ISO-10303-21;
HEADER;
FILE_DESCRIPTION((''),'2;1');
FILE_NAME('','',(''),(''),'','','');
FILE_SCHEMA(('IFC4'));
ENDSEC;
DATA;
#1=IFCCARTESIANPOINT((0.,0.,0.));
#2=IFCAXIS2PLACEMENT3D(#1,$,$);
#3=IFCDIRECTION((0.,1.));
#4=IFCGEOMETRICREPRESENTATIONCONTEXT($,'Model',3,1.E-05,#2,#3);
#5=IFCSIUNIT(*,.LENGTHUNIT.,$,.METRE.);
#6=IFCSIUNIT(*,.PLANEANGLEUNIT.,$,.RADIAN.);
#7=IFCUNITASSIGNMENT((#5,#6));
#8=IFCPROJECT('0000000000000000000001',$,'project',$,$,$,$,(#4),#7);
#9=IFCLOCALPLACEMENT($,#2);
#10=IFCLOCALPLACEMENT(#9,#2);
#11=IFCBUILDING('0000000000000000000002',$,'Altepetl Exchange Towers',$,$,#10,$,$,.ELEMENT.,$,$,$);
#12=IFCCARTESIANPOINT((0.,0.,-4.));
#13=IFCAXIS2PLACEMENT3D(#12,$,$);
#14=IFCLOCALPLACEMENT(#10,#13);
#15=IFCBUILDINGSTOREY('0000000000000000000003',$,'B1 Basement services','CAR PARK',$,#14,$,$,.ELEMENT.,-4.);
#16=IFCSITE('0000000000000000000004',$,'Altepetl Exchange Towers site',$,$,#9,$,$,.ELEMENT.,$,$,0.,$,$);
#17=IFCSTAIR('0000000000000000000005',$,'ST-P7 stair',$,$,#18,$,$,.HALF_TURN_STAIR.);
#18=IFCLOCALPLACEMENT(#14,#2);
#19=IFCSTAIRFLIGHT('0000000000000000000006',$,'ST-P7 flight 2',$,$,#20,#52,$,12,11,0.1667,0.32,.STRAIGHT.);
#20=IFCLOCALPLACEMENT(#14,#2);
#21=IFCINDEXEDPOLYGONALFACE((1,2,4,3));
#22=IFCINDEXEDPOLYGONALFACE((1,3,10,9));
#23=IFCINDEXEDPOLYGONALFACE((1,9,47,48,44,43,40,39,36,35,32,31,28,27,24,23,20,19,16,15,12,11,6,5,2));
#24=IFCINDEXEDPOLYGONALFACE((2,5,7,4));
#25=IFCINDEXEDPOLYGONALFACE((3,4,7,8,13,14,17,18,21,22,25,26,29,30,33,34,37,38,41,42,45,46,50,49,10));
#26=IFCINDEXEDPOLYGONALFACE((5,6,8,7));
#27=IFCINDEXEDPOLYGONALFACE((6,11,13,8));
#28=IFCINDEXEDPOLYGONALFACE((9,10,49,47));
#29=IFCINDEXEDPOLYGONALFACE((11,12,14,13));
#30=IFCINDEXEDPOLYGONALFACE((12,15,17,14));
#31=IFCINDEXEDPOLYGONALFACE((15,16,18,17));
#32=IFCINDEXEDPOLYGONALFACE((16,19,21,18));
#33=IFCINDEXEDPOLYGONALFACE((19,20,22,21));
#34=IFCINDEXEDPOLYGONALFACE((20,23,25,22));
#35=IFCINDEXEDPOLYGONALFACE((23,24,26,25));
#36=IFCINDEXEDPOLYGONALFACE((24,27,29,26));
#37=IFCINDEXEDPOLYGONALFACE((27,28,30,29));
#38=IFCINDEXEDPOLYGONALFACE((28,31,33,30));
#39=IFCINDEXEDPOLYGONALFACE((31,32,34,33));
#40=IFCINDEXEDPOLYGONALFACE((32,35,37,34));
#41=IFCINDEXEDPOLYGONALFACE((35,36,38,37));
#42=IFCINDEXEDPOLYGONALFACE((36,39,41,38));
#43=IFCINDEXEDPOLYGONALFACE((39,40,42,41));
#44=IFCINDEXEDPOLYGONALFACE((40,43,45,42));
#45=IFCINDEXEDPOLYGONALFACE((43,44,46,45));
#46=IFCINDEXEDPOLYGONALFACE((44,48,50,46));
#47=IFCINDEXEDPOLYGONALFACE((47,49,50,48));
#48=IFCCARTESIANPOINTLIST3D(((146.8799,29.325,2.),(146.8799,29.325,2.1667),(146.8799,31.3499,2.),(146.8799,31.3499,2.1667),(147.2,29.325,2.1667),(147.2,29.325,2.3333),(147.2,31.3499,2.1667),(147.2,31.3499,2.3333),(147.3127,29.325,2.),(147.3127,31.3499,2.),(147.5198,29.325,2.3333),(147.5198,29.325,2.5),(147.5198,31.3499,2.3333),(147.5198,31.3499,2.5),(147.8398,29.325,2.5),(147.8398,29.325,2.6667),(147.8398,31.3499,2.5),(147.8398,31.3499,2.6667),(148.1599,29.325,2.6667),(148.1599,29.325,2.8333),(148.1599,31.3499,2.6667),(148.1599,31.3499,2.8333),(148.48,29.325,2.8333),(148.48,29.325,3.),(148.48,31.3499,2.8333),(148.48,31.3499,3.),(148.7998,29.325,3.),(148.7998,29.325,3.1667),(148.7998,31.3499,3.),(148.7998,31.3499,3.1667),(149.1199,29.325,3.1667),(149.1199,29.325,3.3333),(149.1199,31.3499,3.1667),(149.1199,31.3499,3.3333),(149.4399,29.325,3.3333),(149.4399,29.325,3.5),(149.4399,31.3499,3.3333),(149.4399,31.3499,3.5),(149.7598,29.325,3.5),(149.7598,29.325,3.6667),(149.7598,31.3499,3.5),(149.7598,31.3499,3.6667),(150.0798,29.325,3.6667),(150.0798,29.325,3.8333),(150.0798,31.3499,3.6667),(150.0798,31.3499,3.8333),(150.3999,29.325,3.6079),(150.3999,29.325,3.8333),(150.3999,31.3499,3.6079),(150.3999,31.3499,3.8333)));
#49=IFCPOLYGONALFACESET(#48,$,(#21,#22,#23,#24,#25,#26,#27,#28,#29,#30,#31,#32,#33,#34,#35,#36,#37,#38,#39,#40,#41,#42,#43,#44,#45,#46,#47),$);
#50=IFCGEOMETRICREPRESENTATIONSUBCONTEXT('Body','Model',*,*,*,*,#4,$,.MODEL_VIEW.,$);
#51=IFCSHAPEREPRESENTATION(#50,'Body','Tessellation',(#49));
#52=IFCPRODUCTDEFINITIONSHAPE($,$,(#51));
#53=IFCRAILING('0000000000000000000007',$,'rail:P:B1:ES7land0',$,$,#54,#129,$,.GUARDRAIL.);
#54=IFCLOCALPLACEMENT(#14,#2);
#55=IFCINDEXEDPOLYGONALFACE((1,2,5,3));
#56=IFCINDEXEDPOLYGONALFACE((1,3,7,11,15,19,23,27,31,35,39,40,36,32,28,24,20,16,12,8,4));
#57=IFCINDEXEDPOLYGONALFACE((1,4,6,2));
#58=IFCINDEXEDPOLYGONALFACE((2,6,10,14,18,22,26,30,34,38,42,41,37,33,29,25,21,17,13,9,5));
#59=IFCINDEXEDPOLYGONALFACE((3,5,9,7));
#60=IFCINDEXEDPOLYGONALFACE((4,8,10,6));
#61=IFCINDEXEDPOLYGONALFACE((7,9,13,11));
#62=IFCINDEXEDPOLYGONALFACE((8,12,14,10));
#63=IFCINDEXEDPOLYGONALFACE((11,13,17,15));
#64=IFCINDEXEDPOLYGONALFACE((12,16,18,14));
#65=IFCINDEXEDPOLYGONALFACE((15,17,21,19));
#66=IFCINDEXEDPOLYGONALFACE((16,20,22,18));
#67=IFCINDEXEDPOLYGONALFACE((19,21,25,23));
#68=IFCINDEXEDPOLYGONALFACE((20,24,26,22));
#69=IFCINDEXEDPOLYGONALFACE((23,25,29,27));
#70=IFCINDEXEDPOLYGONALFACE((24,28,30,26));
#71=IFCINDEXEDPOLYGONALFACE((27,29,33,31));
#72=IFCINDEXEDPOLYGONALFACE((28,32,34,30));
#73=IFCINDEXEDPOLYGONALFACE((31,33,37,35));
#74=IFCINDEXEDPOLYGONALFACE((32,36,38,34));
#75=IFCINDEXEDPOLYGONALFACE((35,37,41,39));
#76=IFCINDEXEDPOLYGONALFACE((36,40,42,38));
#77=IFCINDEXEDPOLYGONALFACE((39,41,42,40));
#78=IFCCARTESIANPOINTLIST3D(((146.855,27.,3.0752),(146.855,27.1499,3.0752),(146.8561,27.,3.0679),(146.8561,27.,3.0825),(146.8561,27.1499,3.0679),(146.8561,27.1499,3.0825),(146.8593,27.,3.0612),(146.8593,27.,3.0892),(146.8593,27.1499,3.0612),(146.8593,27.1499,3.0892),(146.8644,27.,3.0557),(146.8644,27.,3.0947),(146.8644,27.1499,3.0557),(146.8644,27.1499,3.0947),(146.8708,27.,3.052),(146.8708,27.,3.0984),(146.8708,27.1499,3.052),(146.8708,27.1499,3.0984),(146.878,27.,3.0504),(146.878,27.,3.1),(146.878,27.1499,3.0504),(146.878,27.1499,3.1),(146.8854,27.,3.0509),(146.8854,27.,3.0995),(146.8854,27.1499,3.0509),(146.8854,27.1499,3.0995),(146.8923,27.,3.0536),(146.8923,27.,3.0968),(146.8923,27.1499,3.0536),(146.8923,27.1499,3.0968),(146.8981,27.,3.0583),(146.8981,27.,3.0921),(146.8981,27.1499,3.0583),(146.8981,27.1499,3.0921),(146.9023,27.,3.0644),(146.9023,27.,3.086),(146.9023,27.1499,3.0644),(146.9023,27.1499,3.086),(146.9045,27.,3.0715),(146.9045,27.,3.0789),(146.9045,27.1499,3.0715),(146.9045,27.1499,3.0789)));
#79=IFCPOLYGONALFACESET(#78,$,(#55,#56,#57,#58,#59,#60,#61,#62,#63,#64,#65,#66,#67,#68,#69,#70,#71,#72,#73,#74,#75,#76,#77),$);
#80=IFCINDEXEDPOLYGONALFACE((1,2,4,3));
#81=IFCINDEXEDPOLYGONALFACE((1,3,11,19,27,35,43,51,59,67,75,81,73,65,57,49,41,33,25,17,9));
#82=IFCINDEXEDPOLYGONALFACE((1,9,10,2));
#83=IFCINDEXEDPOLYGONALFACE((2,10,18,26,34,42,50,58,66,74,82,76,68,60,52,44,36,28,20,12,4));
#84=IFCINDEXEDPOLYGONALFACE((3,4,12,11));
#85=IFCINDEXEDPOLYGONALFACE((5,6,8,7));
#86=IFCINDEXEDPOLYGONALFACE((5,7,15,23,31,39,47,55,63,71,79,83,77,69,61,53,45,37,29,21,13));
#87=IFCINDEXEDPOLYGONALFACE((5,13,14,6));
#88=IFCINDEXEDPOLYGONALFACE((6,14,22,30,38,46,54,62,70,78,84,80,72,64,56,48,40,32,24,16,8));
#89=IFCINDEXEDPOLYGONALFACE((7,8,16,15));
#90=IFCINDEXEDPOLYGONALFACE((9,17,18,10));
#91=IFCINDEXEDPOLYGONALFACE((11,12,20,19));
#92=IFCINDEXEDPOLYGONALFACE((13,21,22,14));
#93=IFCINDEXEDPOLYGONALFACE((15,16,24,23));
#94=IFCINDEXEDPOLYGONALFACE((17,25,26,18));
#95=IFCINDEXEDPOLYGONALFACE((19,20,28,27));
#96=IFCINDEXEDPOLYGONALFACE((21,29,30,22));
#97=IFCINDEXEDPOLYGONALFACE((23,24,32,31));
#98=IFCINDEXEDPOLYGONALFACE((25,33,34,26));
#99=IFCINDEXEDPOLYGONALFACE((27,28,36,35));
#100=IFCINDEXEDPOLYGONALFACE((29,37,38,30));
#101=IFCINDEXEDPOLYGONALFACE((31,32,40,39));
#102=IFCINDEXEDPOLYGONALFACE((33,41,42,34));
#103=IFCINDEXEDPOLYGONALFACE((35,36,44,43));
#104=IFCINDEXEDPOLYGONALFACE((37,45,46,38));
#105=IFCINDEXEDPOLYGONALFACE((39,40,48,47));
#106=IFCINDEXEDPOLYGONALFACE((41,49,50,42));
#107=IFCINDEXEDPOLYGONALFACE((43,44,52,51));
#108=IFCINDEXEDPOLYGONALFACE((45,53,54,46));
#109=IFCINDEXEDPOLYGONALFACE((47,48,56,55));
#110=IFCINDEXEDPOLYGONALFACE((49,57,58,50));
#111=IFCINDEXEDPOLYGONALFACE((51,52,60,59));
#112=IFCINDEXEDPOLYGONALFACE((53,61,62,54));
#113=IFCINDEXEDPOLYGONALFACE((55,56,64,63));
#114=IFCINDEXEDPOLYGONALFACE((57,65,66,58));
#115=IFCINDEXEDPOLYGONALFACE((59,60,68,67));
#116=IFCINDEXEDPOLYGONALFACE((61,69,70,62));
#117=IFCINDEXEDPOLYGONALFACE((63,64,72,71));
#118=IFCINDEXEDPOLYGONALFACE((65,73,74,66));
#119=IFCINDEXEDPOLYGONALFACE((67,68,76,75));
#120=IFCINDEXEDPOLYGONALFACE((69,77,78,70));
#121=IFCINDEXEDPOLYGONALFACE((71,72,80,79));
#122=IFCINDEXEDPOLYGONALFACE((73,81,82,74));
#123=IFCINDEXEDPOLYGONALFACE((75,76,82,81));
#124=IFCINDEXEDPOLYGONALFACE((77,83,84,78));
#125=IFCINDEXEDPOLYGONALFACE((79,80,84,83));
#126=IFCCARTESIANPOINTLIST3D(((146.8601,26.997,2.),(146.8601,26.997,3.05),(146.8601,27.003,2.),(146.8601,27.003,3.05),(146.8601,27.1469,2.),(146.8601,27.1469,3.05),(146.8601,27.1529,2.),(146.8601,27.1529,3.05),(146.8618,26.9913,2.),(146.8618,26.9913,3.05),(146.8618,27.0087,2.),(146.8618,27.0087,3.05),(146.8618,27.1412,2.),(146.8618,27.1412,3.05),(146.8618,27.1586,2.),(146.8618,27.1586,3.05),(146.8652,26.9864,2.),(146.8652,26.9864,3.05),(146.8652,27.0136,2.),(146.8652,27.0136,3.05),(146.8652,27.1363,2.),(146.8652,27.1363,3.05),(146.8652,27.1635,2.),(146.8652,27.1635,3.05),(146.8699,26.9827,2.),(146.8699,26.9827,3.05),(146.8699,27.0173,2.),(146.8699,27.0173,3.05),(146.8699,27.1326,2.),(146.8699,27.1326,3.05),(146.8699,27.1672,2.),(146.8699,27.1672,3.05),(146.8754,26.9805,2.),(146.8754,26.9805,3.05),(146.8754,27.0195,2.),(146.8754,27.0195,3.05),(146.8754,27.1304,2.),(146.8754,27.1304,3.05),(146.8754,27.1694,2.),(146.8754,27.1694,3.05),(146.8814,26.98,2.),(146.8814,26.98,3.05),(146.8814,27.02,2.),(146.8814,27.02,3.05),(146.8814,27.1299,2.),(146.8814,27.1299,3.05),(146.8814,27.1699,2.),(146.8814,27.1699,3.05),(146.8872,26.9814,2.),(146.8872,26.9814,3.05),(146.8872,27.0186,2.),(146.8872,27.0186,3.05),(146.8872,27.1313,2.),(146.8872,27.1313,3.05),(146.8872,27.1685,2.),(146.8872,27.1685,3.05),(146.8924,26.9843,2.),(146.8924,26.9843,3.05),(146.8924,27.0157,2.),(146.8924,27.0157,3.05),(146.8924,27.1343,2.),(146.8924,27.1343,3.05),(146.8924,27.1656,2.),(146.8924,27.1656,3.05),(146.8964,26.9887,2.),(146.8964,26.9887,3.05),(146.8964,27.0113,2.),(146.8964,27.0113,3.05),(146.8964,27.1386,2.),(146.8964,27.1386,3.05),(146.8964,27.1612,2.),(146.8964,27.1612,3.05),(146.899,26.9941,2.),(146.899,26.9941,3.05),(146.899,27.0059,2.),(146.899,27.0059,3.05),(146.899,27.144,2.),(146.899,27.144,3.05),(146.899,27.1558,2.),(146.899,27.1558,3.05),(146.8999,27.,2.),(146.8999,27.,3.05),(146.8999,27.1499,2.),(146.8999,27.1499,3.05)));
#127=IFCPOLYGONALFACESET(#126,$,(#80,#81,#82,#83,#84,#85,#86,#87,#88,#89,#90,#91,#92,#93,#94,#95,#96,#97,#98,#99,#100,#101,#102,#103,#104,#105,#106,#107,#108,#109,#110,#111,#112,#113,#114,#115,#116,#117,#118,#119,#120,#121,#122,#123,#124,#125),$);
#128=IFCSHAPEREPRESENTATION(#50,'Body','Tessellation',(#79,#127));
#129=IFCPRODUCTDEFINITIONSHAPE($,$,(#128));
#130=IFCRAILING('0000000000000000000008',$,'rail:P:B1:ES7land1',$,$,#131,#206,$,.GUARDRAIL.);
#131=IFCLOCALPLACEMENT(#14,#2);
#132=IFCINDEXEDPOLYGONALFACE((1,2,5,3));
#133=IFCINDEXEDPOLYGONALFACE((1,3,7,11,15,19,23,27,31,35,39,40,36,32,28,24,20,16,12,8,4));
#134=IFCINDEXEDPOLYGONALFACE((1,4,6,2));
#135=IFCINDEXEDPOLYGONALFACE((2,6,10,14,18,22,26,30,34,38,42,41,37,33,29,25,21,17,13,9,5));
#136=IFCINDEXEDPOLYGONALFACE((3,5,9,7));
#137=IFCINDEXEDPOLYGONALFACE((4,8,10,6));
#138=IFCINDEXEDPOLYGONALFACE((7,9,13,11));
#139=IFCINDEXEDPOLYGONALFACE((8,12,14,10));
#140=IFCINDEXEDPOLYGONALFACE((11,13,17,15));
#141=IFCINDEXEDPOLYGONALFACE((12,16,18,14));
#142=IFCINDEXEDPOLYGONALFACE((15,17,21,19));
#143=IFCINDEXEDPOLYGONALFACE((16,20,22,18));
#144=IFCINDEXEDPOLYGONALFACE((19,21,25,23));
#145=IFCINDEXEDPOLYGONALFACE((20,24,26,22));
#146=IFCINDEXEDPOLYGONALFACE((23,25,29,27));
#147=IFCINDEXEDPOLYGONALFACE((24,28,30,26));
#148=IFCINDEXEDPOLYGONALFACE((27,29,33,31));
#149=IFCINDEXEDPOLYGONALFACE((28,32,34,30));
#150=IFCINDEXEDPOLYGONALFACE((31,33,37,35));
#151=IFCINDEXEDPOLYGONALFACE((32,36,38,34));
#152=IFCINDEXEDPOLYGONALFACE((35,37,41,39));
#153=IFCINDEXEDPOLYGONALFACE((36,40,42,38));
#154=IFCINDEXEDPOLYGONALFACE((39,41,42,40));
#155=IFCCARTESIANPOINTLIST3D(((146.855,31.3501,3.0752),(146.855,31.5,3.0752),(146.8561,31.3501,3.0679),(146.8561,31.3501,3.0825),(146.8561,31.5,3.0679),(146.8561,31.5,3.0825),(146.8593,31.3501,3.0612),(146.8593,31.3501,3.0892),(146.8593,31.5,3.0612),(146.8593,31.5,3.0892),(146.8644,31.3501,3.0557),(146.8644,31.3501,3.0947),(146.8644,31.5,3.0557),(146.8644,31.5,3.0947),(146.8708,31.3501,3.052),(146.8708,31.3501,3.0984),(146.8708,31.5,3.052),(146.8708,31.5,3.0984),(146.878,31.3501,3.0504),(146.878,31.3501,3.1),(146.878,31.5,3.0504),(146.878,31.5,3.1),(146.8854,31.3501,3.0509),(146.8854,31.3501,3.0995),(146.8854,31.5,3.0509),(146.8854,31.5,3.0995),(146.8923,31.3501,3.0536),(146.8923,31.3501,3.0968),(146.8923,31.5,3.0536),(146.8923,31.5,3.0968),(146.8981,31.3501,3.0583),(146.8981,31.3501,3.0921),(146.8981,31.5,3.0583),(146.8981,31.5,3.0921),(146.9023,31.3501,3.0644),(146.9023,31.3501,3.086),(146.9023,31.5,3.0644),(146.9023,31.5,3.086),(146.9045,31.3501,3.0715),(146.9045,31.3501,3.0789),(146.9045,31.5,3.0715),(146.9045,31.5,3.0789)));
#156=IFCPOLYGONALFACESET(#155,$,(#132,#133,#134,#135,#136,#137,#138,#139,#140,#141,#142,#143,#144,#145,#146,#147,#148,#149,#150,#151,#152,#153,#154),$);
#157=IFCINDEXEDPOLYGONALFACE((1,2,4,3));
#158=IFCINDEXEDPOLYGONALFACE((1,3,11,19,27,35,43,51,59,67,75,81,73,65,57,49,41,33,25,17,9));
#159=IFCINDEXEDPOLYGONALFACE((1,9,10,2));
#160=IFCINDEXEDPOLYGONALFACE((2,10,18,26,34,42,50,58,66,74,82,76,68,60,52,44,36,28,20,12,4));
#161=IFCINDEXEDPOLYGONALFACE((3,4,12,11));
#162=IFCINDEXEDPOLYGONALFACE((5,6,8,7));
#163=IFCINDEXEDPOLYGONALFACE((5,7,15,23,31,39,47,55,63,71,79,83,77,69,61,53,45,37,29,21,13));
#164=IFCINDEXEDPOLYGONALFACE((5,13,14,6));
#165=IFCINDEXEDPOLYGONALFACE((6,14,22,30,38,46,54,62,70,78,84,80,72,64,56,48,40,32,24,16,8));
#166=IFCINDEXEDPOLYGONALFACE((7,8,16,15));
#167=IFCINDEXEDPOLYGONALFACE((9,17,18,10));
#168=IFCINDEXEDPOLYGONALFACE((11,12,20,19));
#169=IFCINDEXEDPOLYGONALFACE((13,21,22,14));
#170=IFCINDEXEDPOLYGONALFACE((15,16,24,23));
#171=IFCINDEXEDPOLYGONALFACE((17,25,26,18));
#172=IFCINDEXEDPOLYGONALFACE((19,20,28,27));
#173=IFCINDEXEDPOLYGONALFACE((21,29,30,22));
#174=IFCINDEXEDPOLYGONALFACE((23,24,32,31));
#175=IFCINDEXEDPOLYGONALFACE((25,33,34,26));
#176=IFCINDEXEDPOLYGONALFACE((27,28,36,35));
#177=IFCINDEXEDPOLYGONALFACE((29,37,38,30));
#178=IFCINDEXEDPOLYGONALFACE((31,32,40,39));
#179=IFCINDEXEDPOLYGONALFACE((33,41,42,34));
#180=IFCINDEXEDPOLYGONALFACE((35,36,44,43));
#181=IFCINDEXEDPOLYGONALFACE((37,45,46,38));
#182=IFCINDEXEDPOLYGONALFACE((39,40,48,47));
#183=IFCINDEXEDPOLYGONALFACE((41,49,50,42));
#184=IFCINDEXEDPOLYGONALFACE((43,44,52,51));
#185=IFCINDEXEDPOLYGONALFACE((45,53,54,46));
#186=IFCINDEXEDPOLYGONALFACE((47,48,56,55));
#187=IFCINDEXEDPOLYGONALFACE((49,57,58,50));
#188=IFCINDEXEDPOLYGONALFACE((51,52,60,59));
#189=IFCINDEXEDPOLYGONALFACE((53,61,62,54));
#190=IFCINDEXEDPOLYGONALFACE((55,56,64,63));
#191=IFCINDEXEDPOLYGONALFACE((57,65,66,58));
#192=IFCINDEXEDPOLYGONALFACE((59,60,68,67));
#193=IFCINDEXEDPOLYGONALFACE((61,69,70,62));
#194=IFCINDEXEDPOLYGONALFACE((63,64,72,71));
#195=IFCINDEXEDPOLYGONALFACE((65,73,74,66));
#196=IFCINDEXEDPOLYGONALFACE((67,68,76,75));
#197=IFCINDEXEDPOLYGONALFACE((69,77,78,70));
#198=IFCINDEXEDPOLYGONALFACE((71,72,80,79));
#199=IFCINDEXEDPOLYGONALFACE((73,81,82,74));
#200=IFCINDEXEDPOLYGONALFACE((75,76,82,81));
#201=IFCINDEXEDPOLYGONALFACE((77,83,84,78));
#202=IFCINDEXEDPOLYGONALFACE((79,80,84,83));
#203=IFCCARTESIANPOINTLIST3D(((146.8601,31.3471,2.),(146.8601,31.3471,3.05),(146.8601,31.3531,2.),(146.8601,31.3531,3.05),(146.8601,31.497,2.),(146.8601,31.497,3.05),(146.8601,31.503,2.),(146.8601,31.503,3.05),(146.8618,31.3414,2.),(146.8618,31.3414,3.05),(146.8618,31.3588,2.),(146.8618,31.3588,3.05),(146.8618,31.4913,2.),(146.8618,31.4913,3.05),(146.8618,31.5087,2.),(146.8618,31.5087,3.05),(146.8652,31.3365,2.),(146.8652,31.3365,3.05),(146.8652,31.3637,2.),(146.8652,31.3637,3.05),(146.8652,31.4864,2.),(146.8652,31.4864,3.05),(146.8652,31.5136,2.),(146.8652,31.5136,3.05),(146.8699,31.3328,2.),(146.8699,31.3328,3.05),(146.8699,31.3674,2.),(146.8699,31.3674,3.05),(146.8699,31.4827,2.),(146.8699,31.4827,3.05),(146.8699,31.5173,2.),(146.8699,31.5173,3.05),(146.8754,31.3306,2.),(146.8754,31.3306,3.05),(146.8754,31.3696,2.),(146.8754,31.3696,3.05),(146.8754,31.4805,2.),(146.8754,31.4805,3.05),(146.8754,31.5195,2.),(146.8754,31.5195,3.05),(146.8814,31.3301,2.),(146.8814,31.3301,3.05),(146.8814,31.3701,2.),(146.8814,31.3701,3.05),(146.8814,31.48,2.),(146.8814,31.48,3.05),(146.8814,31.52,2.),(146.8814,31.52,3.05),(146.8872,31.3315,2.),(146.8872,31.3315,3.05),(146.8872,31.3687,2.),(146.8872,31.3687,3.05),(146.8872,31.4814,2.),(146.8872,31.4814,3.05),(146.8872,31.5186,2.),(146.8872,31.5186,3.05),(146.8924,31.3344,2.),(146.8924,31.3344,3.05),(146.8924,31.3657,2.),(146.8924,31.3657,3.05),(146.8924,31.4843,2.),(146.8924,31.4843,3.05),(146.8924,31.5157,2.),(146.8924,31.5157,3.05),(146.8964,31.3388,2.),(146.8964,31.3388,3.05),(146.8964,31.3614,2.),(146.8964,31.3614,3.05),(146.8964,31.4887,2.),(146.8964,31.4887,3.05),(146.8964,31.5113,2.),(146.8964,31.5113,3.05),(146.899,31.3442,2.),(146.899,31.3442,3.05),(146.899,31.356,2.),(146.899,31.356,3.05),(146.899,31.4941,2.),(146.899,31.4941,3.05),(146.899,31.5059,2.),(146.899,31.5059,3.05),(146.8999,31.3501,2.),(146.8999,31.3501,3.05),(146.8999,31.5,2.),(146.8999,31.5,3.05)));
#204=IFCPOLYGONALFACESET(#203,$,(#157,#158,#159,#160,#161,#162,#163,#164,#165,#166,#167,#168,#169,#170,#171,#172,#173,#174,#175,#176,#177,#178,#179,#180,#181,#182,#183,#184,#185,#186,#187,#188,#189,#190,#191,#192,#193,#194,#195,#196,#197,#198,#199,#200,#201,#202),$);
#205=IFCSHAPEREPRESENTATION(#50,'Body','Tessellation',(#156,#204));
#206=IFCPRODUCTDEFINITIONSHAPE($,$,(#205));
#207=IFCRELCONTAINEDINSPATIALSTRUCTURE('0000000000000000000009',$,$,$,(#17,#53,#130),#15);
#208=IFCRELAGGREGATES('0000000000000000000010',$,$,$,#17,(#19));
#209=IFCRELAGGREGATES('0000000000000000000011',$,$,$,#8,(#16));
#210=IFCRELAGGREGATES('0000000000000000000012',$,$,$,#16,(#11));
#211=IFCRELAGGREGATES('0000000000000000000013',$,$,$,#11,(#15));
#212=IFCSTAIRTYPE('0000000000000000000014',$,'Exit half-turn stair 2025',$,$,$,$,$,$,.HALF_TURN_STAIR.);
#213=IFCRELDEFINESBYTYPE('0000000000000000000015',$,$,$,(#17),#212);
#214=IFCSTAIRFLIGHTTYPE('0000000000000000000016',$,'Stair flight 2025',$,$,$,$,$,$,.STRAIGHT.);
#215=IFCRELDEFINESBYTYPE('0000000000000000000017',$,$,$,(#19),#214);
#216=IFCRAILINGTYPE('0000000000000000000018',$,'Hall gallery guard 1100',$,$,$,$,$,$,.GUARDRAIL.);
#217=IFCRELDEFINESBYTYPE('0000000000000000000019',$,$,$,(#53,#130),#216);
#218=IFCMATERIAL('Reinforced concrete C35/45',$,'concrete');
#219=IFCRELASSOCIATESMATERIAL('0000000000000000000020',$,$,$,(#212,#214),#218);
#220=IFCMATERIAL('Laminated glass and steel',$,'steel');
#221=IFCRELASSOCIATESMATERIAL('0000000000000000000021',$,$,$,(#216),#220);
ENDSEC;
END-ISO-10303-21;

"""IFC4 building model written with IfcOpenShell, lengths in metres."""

from ifc_helpers import new_model, si_unit, direction, frame, origin, origin_2d, place, context, subcontext, project, spatial, polyline, circle, outline, extrude, source, transform, mapped, material, type_object, element, aggregate, save


model = new_model("IFC4")

# Units and contexts
model_context = context("Model", 3, precision=1e-05, world=origin(), true_north=direction((0.0, 1.0)))
body_context = subcontext(model_context, "Body", "Model", "MODEL_VIEW")
ifc_project = project(units=[si_unit("LENGTHUNIT", "METRE"), si_unit("PLANEANGLEUNIT", "RADIAN")], contexts=[model_context])

# Site, building, storey
site_placement = place(None, origin())
site = spatial("IfcSite", under=ifc_project, at=site_placement, Name="Altepetl Exchange Towers site", CompositionType="ELEMENT", RefElevation=0.0)
building_placement = place(site_placement, origin())
building = spatial("IfcBuilding", under=site, at=building_placement, Name="Altepetl Exchange Towers", CompositionType="ELEMENT")
storey_placement = place(building_placement, frame((0.0, 0.0, -4.0)))
storey = spatial("IfcBuildingStorey", under=building, at=storey_placement, Name="B1 Basement services", Description="CAR PARK", CompositionType="ELEMENT", Elevation=-4.0)

# Shared definitions
ifc_material_1 = material(Name="Reinforced concrete C35/45", Category="concrete")

# Stair, stair flight
stair_type = type_object("IfcStairType", Name="Exit half-turn stair 2025", PredefinedType="HALF_TURN_STAIR", material=ifc_material_1)
stair_placement = place(storey_placement, origin())
stair = element("IfcStair", 1, at=stair_placement, inside=storey, type_object=stair_type, Name="ST-P7 stair", PredefinedType="HALF_TURN_STAIR")
stair_flight_type = type_object("IfcStairFlightType", Name="Stair flight 2025", PredefinedType="STRAIGHT", material=ifc_material_1)
stair_flight_1_placement = place(storey_placement, frame((146.8799, 30.3374, 2.0)))
stair_flight_1 = element("IfcStairFlight", 2, at=stair_flight_1_placement, type_object=stair_flight_type, Name="ST-P7 flight 2", NumberOfRisers=12, NumberOfTreads=11, PredefinedType="STRAIGHT", RiserHeight=0.1667, TreadLength=0.32, context=body_context, shape_type="SweptSolid", body=[
    extrude(outline(polyline([(0.0, 0.0), (0.0, 0.1667), (0.3201, 0.1667), (0.3201, 0.3333), (0.6399, 0.3333), (0.6399, 0.5), (0.96, 0.5), (0.96, 0.6667), (1.28, 0.6667), (1.28, 0.8333), (1.6001, 0.8333), (1.6001, 1.0), (1.9199, 1.0), (1.9199, 1.1667), (2.24, 1.1667), (2.24, 1.3333), (2.5601, 1.3333), (2.5601, 1.5), (2.8799, 1.5), (2.8799, 1.6667), (3.2, 1.6667), (3.2, 1.8333), (3.52, 1.8333), (3.52, 2.0), (3.52, 1.6079), (0.4329, 0.0), (0.0, 0.0)])), frame((0.0, 1.0125, 0.0), z_axis=(0.0, -1.0, 0.0), x_axis=(1.0, 0.0, 0.0)), (0.0, 0.0, 1.0), 2.0249),
])
aggregate(stair, [stair_flight_1])

# Railings
ifc_material_2 = material(Name="Laminated glass and steel", Category="steel")
railing_type_1 = type_object("IfcRailingType", Name="Hall gallery guard 1100", PredefinedType="GUARDRAIL", material=ifc_material_2)
shared_shape_1 = source(origin(), body_context, "Body", "SweptSolid", [
    extrude(circle(Radius=0.02, at=origin_2d()), origin(), (0.0, 0.0, 1.0), 1.05),
])
for number, where, name in (
    (3, (146.8799, 27.0, 2.0), "rail:P:B1:ES7land0"),
    (4, (146.8799, 31.3501, 2.0), "rail:P:B1:ES7land1"),
):
    element("IfcRailing", number, at=place(storey_placement, frame(where)), inside=storey, type_object=railing_type_1, Name=name, PredefinedType="GUARDRAIL", context=body_context, shape_type="SweptSolid", body=[
        extrude(circle(Radius=0.0249, at=origin_2d()), frame((0.0, 0.0, 1.0752), z_axis=(0.0, 1.0, 0.0), x_axis=(-1.0, 0.0, 0.0)), (0.0, 0.0, 1.0), 0.1499),
        mapped(shared_shape_1, transform((0.0, 0.0, 0.0))),
        mapped(shared_shape_1, transform((0.0, 0.1499, 0.0))),
    ])

save(model, "model.ifc")
